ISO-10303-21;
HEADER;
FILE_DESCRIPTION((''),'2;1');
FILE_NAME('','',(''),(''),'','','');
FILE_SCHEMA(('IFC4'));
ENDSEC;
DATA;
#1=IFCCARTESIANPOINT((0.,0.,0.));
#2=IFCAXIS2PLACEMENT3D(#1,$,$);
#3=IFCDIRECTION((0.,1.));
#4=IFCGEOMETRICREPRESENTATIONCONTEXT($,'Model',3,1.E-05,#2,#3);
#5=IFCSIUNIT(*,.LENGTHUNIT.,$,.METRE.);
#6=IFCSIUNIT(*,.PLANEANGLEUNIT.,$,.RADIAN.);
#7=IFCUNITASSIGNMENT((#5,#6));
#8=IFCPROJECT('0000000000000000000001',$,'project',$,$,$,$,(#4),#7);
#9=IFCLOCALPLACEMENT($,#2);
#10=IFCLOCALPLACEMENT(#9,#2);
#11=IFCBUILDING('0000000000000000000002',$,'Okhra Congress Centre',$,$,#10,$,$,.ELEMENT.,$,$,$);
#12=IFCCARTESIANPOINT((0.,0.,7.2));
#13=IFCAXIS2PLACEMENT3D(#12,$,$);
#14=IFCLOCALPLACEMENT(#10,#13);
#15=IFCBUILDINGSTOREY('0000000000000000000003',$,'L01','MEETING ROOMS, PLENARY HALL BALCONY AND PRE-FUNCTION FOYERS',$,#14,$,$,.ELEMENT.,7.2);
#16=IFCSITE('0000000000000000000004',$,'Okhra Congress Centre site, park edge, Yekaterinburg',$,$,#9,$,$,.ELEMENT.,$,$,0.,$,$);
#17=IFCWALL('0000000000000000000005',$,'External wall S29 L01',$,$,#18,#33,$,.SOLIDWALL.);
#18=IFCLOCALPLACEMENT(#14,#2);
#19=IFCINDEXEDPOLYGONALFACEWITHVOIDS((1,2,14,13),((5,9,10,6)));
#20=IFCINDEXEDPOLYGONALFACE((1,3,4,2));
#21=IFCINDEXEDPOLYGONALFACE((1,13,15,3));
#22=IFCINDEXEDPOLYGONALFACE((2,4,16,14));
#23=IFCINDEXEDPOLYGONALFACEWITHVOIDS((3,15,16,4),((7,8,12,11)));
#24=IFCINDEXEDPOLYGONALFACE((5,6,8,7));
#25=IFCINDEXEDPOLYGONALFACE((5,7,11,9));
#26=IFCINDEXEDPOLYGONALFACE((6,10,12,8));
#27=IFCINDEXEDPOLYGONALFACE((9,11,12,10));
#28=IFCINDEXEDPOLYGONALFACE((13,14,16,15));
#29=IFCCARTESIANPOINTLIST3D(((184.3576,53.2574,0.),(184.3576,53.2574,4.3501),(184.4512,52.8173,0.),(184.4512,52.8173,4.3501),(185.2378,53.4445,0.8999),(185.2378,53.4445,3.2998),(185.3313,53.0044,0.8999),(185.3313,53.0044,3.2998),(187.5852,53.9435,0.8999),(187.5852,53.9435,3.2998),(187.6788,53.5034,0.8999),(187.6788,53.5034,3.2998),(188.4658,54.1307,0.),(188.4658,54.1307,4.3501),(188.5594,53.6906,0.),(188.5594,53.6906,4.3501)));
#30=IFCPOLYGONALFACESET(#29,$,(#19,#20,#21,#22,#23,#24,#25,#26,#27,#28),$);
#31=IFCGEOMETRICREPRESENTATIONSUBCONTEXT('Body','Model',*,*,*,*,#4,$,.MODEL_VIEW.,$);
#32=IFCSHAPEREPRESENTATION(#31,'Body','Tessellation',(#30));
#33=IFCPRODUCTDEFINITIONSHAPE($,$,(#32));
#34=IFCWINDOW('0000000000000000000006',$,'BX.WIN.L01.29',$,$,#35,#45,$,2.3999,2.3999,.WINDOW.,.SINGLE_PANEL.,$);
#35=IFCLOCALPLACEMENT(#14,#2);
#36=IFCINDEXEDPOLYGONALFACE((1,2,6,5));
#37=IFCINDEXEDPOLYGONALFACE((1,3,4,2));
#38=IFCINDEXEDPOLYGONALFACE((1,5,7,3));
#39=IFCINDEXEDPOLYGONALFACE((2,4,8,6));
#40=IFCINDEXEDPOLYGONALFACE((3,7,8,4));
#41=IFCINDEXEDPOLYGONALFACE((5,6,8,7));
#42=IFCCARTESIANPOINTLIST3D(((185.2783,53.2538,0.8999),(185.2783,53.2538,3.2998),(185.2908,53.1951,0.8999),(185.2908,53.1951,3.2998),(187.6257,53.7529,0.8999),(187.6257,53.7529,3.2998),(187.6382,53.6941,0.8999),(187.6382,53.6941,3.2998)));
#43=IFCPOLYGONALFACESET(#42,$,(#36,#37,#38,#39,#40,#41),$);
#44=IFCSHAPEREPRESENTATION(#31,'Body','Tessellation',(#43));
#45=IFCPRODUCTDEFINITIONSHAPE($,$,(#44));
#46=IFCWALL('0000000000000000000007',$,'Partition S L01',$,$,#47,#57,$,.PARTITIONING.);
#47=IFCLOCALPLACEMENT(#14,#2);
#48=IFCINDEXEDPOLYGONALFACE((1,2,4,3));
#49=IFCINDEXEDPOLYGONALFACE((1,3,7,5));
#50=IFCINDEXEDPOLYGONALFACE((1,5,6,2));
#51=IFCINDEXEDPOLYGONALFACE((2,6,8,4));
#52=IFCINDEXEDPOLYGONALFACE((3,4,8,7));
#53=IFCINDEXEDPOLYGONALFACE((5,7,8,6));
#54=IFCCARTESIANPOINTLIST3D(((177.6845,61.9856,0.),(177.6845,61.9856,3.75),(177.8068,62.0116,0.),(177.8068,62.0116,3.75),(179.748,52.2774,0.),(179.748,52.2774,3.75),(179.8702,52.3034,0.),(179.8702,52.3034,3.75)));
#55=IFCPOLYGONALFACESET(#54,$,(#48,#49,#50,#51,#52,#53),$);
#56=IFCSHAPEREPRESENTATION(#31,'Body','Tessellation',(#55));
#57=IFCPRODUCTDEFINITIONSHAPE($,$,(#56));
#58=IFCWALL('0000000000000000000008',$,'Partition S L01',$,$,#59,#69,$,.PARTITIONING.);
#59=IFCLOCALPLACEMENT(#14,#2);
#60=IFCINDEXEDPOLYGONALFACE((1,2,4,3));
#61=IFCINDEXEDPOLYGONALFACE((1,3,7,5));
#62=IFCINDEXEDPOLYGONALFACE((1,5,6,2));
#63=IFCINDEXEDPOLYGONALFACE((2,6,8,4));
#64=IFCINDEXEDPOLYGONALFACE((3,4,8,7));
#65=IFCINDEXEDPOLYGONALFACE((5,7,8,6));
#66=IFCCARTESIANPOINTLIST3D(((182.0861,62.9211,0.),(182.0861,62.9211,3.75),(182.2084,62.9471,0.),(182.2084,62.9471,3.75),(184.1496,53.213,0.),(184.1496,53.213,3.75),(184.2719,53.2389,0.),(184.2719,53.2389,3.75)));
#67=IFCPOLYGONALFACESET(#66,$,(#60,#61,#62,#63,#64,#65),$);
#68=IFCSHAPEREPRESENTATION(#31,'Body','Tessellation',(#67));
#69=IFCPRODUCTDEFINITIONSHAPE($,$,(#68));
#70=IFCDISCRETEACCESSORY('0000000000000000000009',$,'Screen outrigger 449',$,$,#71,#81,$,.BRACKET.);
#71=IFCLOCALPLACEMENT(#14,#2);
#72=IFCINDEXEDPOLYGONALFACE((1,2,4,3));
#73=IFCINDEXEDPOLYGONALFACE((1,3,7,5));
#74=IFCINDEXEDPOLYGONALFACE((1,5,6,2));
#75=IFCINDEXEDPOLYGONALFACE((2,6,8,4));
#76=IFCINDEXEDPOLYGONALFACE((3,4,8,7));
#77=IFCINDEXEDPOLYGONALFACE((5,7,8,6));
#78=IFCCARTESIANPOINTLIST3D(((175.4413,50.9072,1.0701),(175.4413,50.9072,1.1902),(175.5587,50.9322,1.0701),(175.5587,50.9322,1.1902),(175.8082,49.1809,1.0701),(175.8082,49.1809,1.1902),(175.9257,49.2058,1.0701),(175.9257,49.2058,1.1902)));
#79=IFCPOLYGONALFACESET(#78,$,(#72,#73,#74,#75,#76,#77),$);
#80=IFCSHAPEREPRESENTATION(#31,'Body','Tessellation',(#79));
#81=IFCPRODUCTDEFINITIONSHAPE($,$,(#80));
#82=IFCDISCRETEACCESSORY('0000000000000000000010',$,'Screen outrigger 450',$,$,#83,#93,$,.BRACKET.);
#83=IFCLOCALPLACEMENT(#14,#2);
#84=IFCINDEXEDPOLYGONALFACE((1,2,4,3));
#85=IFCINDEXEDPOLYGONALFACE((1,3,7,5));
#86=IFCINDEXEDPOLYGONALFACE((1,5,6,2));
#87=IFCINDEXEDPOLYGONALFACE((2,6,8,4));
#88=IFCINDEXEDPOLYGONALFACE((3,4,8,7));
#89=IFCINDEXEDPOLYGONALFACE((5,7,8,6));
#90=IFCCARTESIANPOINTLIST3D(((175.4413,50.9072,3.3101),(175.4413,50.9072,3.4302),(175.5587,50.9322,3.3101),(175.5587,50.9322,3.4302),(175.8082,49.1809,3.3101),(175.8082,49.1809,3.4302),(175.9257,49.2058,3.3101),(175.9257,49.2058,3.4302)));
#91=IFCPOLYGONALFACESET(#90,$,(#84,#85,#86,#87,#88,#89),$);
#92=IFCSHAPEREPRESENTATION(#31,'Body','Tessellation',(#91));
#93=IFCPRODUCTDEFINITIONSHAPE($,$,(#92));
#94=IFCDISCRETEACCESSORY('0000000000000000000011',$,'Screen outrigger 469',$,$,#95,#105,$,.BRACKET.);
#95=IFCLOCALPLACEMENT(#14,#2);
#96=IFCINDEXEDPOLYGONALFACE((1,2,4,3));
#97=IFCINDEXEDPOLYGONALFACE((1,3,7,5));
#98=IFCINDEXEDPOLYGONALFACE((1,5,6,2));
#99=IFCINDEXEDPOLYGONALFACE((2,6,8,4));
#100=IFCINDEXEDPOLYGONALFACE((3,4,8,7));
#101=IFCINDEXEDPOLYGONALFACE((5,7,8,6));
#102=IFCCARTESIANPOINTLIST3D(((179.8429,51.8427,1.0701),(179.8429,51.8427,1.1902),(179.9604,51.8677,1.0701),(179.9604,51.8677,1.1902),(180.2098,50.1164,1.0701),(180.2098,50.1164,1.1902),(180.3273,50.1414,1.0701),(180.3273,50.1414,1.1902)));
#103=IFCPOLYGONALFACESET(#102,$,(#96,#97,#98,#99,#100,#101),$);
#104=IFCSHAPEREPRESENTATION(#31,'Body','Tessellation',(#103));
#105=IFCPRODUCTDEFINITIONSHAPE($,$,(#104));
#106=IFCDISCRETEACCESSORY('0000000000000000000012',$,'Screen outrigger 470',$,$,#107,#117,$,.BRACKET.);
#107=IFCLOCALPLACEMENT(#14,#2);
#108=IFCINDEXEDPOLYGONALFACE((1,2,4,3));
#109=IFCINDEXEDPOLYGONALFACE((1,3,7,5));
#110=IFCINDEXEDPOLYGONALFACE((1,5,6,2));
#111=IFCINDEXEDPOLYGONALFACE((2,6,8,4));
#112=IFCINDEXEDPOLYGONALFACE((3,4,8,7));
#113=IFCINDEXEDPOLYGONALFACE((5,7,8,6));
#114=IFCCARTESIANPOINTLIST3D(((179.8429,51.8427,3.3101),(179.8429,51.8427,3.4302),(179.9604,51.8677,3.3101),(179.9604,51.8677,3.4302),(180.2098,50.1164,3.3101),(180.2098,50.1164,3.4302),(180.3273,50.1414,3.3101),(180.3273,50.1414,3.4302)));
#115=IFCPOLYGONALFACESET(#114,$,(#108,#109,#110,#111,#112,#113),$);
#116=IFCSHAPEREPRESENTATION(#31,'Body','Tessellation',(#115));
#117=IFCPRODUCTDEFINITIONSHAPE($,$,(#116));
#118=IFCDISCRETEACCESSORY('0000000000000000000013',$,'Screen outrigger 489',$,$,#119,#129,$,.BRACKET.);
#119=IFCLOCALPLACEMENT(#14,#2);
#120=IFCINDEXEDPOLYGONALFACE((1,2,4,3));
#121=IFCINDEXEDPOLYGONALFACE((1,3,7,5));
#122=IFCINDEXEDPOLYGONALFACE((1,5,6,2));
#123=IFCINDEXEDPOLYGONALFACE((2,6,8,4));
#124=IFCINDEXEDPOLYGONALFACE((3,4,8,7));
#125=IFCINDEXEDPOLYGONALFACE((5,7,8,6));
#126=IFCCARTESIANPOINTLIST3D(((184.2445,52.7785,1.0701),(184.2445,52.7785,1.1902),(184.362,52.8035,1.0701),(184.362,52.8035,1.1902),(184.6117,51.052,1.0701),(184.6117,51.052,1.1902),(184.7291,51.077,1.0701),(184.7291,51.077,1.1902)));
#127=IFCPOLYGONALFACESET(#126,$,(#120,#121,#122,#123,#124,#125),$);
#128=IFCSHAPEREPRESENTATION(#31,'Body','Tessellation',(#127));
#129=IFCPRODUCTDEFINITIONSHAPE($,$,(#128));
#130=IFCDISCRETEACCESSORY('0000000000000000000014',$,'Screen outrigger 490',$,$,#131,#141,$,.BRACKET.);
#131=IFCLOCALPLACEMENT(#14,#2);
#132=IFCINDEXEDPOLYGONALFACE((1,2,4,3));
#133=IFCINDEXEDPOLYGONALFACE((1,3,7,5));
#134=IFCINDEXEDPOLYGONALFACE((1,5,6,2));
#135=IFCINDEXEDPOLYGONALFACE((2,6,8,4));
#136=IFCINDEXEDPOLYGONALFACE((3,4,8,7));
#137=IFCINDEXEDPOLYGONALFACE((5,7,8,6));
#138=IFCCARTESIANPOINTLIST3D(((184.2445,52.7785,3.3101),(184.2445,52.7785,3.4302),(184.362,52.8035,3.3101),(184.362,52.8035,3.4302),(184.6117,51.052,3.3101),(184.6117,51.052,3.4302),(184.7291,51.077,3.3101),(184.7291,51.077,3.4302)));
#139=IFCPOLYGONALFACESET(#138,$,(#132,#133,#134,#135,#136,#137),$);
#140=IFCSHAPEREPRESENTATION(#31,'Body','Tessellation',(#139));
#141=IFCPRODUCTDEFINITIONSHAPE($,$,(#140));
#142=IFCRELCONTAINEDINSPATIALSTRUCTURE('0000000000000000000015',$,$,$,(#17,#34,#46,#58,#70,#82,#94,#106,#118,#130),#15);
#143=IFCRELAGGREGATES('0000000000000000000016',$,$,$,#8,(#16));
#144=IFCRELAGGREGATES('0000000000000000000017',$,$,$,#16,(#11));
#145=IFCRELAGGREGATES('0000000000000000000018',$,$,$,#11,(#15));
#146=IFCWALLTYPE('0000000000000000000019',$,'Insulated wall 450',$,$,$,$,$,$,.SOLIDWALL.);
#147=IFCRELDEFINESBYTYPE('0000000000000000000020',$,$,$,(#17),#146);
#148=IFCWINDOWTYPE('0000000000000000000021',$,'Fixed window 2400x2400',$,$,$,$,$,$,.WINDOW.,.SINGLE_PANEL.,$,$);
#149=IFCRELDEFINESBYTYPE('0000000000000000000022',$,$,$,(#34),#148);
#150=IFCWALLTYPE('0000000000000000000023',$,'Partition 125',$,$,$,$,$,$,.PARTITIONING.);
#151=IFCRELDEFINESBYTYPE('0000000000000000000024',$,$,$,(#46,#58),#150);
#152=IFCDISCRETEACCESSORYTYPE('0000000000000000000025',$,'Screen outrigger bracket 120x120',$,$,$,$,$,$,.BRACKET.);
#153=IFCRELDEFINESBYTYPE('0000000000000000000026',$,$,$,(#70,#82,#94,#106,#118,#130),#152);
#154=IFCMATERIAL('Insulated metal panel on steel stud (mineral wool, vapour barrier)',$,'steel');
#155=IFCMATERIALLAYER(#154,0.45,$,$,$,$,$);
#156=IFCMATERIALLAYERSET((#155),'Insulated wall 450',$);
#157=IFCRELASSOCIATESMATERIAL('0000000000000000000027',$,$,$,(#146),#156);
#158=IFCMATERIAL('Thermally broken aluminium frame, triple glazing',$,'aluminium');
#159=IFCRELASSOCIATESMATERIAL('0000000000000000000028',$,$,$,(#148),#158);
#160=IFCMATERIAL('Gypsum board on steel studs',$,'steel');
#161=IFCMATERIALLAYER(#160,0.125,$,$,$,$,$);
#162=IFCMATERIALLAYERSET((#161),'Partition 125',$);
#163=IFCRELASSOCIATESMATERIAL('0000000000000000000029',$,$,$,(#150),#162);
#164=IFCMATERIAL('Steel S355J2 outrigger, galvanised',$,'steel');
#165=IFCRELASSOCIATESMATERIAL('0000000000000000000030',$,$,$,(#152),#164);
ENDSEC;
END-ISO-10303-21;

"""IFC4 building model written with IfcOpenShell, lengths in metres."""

from ifc_helpers import new_model, si_unit, direction, frame, frame_2d, origin, origin_2d, place, context, subcontext, project, spatial, rectangle, extrude, material, layer, layer_set, material_profile, profile_set, type_object, element, fill, save


model = new_model("IFC4")

# Units and contexts
model_context = context("Model", 3, precision=1e-05, world=origin(), true_north=direction((0.0, 1.0)))
body_context = subcontext(model_context, "Body", "Model", "MODEL_VIEW")
ifc_project = project(units=[si_unit("LENGTHUNIT", "METRE"), si_unit("PLANEANGLEUNIT", "RADIAN")], contexts=[model_context])

# Site, building, storey
site_placement = place(None, origin())
site = spatial("IfcSite", under=ifc_project, at=site_placement, Name="Okhra Congress Centre site, park edge, Yekaterinburg", CompositionType="ELEMENT", RefElevation=0.0)
building_placement = place(site_placement, origin())
building = spatial("IfcBuilding", under=site, at=building_placement, Name="Okhra Congress Centre", CompositionType="ELEMENT")
storey_placement = place(building_placement, frame((0.0, 0.0, 7.2)))
storey = spatial("IfcBuildingStorey", under=building, at=storey_placement, Name="L01", Description="MEETING ROOMS, PLENARY HALL BALCONY AND PRE-FUNCTION FOYERS", CompositionType="ELEMENT", Elevation=7.2)

# Wall, opening, window
ifc_material_1 = material(Name="Insulated metal panel on steel stud (mineral wool, vapour barrier)", Category="steel")
ifc_layer_1 = layer(ifc_material_1, 0.45)
ifc_layer_set_1 = layer_set([ifc_layer_1], Name="Insulated wall 450")
wall_type_1 = type_object("IfcWallType", Name="Insulated wall 450", PredefinedType="SOLIDWALL", material=ifc_layer_set_1)
ifc_material_2 = material(Name="Thermally broken aluminium frame, triple glazing", Category="aluminium")
window_type = type_object("IfcWindowType", Name="Fixed window 2400x2400", PartitioningType="SINGLE_PANEL", PredefinedType="WINDOW", material=ifc_material_2)
wall_1_placement = place(storey_placement, frame((184.4043, 53.0374, 0.0), z_axis=(0.0, 0.0, 1.0), x_axis=(0.978144, 0.207929, 0.0)))
wall_1 = element("IfcWall", 1, at=wall_1_placement, inside=storey, type_object=wall_type_1, Name="External wall S29 L01", PredefinedType="SOLIDWALL", context=body_context, shape_type="SweptSolid", body=[
    extrude(rectangle(XDim=4.2, YDim=0.45, at=frame_2d((2.1001, 0.0))), origin(), (0.0, 0.0, 1.0), 4.3501),
])
opening_1_placement = place(wall_1_placement, frame((0.8999, 0.0, 0.8999)))
opening_1 = element("IfcOpeningElement", 2, at=opening_1_placement, cuts=wall_1, PredefinedType="OPENING", context=body_context, shape_type="SweptSolid", body=[
    extrude(rectangle(XDim=2.3999, YDim=2.3999, at=frame_2d((1.2, 1.2))), frame((0.0, 0.2349, 0.0), z_axis=(0.0, -1.0, 0.0), x_axis=(1.0, 0.0, 0.0)), (0.0, 0.0, 1.0), 0.47),
])
window_1_placement = place(opening_1_placement, origin())
window_1 = element("IfcWindow", 3, at=window_1_placement, inside=storey, type_object=window_type, Name="BX.WIN.L01.29", OverallHeight=2.3999, OverallWidth=2.3999, PartitioningType="SINGLE_PANEL", PredefinedType="WINDOW", context=body_context, shape_type="SweptSolid", body=[
    extrude(rectangle(XDim=2.3999, YDim=2.3999, at=frame_2d((1.2, 1.2))), frame((0.0, 0.03, 0.0), z_axis=(0.0, -1.0, 0.0), x_axis=(1.0, 0.0, 0.0)), (0.0, 0.0, 1.0), 0.0601),
])
fill(opening_1, window_1)

# Walls
ifc_material_3 = material(Name="Gypsum board on steel studs", Category="steel")
ifc_layer_2 = layer(ifc_material_3, 0.125)
ifc_layer_set_2 = layer_set([ifc_layer_2], Name="Partition 125")
wall_type_2 = type_object("IfcWallType", Name="Partition 125", PredefinedType="PARTITIONING", material=ifc_layer_set_2)
for number, where, z_axis, x_axis, name in (
    (4, (179.8091, 52.2905, 0.0), (0.0, 0.0, 1.0), (-0.207904, 0.978149, 0.0), "Partition S L01"),
    (5, (184.2107, 53.2261, 0.0), (0.0, 0.0, 1.0), (-0.207904, 0.978149, 0.0), "Partition S L01"),
):
    element("IfcWall", number, at=place(storey_placement, frame(where, z_axis=z_axis, x_axis=x_axis)), inside=storey, type_object=wall_type_2, Name=name, PredefinedType="PARTITIONING", context=body_context, shape_type="SweptSolid", body=[
        extrude(rectangle(XDim=9.925, YDim=0.125, at=frame_2d((4.9624, 0.0))), origin(), (0.0, 0.0, 1.0), 3.75),
    ])

# Discrete accessories
ifc_material_4 = material(Name="Steel S355J2 outrigger, galvanised", Category="steel")
ifc_material_profile_1 = material_profile(ifc_material_4, rectangle(XDim=0.1201, YDim=0.1201, at=origin_2d()), Name="Screen outrigger bracket 120x120")
ifc_profile_set_1 = profile_set([ifc_material_profile_1], Name="Steel S355J2 outrigger, galvanised")
discrete_accessory_type = type_object("IfcDiscreteAccessoryType", Name="Screen outrigger bracket 120x120", PredefinedType="BRACKET", material=ifc_profile_set_1)
for number, where, z_axis, x_axis, name in (
    (6, (175.5, 50.9197, 1.1301), (0.207913, -0.978147, 0.0), (0.978147, 0.207913, 0.0), "Screen outrigger 449"),
    (7, (175.5, 50.9197, 3.3701), (0.207913, -0.978147, 0.0), (0.978147, 0.207913, 0.0), "Screen outrigger 450"),
    (8, (179.9016, 51.8552, 1.1301), (0.207913, -0.978147, 0.0), (0.978147, 0.207913, 0.0), "Screen outrigger 469"),
    (9, (179.9016, 51.8552, 3.3701), (0.207913, -0.978147, 0.0), (0.978147, 0.207913, 0.0), "Screen outrigger 470"),
):
    element("IfcDiscreteAccessory", number, at=place(storey_placement, frame(where, z_axis=z_axis, x_axis=x_axis)), inside=storey, type_object=discrete_accessory_type, Name=name, PredefinedType="BRACKET", context=body_context, shape_type="SweptSolid", body=[
        extrude(rectangle(XDim=0.1201, YDim=0.1201, at=origin_2d()), origin(), (0.0, 0.0, 1.0), 1.7649),
    ])
for number, where, z_axis, x_axis, name in (
    (10, (184.3032, 52.791, 1.1301), (0.208018, -0.978125, 0.0), (0.978125, 0.208018, 0.0), "Screen outrigger 489"),
    (11, (184.3032, 52.791, 3.3701), (0.208018, -0.978125, 0.0), (0.978125, 0.208018, 0.0), "Screen outrigger 490"),
):
    element("IfcDiscreteAccessory", number, at=place(storey_placement, frame(where, z_axis=z_axis, x_axis=x_axis)), inside=storey, type_object=discrete_accessory_type, Name=name, PredefinedType="BRACKET", context=body_context, shape_type="SweptSolid", body=[
        extrude(rectangle(XDim=0.1201, YDim=0.1201, at=origin_2d()), origin(), (0.0, 0.0, 1.0), 1.7651),
    ])

save(model, "model.ifc")
